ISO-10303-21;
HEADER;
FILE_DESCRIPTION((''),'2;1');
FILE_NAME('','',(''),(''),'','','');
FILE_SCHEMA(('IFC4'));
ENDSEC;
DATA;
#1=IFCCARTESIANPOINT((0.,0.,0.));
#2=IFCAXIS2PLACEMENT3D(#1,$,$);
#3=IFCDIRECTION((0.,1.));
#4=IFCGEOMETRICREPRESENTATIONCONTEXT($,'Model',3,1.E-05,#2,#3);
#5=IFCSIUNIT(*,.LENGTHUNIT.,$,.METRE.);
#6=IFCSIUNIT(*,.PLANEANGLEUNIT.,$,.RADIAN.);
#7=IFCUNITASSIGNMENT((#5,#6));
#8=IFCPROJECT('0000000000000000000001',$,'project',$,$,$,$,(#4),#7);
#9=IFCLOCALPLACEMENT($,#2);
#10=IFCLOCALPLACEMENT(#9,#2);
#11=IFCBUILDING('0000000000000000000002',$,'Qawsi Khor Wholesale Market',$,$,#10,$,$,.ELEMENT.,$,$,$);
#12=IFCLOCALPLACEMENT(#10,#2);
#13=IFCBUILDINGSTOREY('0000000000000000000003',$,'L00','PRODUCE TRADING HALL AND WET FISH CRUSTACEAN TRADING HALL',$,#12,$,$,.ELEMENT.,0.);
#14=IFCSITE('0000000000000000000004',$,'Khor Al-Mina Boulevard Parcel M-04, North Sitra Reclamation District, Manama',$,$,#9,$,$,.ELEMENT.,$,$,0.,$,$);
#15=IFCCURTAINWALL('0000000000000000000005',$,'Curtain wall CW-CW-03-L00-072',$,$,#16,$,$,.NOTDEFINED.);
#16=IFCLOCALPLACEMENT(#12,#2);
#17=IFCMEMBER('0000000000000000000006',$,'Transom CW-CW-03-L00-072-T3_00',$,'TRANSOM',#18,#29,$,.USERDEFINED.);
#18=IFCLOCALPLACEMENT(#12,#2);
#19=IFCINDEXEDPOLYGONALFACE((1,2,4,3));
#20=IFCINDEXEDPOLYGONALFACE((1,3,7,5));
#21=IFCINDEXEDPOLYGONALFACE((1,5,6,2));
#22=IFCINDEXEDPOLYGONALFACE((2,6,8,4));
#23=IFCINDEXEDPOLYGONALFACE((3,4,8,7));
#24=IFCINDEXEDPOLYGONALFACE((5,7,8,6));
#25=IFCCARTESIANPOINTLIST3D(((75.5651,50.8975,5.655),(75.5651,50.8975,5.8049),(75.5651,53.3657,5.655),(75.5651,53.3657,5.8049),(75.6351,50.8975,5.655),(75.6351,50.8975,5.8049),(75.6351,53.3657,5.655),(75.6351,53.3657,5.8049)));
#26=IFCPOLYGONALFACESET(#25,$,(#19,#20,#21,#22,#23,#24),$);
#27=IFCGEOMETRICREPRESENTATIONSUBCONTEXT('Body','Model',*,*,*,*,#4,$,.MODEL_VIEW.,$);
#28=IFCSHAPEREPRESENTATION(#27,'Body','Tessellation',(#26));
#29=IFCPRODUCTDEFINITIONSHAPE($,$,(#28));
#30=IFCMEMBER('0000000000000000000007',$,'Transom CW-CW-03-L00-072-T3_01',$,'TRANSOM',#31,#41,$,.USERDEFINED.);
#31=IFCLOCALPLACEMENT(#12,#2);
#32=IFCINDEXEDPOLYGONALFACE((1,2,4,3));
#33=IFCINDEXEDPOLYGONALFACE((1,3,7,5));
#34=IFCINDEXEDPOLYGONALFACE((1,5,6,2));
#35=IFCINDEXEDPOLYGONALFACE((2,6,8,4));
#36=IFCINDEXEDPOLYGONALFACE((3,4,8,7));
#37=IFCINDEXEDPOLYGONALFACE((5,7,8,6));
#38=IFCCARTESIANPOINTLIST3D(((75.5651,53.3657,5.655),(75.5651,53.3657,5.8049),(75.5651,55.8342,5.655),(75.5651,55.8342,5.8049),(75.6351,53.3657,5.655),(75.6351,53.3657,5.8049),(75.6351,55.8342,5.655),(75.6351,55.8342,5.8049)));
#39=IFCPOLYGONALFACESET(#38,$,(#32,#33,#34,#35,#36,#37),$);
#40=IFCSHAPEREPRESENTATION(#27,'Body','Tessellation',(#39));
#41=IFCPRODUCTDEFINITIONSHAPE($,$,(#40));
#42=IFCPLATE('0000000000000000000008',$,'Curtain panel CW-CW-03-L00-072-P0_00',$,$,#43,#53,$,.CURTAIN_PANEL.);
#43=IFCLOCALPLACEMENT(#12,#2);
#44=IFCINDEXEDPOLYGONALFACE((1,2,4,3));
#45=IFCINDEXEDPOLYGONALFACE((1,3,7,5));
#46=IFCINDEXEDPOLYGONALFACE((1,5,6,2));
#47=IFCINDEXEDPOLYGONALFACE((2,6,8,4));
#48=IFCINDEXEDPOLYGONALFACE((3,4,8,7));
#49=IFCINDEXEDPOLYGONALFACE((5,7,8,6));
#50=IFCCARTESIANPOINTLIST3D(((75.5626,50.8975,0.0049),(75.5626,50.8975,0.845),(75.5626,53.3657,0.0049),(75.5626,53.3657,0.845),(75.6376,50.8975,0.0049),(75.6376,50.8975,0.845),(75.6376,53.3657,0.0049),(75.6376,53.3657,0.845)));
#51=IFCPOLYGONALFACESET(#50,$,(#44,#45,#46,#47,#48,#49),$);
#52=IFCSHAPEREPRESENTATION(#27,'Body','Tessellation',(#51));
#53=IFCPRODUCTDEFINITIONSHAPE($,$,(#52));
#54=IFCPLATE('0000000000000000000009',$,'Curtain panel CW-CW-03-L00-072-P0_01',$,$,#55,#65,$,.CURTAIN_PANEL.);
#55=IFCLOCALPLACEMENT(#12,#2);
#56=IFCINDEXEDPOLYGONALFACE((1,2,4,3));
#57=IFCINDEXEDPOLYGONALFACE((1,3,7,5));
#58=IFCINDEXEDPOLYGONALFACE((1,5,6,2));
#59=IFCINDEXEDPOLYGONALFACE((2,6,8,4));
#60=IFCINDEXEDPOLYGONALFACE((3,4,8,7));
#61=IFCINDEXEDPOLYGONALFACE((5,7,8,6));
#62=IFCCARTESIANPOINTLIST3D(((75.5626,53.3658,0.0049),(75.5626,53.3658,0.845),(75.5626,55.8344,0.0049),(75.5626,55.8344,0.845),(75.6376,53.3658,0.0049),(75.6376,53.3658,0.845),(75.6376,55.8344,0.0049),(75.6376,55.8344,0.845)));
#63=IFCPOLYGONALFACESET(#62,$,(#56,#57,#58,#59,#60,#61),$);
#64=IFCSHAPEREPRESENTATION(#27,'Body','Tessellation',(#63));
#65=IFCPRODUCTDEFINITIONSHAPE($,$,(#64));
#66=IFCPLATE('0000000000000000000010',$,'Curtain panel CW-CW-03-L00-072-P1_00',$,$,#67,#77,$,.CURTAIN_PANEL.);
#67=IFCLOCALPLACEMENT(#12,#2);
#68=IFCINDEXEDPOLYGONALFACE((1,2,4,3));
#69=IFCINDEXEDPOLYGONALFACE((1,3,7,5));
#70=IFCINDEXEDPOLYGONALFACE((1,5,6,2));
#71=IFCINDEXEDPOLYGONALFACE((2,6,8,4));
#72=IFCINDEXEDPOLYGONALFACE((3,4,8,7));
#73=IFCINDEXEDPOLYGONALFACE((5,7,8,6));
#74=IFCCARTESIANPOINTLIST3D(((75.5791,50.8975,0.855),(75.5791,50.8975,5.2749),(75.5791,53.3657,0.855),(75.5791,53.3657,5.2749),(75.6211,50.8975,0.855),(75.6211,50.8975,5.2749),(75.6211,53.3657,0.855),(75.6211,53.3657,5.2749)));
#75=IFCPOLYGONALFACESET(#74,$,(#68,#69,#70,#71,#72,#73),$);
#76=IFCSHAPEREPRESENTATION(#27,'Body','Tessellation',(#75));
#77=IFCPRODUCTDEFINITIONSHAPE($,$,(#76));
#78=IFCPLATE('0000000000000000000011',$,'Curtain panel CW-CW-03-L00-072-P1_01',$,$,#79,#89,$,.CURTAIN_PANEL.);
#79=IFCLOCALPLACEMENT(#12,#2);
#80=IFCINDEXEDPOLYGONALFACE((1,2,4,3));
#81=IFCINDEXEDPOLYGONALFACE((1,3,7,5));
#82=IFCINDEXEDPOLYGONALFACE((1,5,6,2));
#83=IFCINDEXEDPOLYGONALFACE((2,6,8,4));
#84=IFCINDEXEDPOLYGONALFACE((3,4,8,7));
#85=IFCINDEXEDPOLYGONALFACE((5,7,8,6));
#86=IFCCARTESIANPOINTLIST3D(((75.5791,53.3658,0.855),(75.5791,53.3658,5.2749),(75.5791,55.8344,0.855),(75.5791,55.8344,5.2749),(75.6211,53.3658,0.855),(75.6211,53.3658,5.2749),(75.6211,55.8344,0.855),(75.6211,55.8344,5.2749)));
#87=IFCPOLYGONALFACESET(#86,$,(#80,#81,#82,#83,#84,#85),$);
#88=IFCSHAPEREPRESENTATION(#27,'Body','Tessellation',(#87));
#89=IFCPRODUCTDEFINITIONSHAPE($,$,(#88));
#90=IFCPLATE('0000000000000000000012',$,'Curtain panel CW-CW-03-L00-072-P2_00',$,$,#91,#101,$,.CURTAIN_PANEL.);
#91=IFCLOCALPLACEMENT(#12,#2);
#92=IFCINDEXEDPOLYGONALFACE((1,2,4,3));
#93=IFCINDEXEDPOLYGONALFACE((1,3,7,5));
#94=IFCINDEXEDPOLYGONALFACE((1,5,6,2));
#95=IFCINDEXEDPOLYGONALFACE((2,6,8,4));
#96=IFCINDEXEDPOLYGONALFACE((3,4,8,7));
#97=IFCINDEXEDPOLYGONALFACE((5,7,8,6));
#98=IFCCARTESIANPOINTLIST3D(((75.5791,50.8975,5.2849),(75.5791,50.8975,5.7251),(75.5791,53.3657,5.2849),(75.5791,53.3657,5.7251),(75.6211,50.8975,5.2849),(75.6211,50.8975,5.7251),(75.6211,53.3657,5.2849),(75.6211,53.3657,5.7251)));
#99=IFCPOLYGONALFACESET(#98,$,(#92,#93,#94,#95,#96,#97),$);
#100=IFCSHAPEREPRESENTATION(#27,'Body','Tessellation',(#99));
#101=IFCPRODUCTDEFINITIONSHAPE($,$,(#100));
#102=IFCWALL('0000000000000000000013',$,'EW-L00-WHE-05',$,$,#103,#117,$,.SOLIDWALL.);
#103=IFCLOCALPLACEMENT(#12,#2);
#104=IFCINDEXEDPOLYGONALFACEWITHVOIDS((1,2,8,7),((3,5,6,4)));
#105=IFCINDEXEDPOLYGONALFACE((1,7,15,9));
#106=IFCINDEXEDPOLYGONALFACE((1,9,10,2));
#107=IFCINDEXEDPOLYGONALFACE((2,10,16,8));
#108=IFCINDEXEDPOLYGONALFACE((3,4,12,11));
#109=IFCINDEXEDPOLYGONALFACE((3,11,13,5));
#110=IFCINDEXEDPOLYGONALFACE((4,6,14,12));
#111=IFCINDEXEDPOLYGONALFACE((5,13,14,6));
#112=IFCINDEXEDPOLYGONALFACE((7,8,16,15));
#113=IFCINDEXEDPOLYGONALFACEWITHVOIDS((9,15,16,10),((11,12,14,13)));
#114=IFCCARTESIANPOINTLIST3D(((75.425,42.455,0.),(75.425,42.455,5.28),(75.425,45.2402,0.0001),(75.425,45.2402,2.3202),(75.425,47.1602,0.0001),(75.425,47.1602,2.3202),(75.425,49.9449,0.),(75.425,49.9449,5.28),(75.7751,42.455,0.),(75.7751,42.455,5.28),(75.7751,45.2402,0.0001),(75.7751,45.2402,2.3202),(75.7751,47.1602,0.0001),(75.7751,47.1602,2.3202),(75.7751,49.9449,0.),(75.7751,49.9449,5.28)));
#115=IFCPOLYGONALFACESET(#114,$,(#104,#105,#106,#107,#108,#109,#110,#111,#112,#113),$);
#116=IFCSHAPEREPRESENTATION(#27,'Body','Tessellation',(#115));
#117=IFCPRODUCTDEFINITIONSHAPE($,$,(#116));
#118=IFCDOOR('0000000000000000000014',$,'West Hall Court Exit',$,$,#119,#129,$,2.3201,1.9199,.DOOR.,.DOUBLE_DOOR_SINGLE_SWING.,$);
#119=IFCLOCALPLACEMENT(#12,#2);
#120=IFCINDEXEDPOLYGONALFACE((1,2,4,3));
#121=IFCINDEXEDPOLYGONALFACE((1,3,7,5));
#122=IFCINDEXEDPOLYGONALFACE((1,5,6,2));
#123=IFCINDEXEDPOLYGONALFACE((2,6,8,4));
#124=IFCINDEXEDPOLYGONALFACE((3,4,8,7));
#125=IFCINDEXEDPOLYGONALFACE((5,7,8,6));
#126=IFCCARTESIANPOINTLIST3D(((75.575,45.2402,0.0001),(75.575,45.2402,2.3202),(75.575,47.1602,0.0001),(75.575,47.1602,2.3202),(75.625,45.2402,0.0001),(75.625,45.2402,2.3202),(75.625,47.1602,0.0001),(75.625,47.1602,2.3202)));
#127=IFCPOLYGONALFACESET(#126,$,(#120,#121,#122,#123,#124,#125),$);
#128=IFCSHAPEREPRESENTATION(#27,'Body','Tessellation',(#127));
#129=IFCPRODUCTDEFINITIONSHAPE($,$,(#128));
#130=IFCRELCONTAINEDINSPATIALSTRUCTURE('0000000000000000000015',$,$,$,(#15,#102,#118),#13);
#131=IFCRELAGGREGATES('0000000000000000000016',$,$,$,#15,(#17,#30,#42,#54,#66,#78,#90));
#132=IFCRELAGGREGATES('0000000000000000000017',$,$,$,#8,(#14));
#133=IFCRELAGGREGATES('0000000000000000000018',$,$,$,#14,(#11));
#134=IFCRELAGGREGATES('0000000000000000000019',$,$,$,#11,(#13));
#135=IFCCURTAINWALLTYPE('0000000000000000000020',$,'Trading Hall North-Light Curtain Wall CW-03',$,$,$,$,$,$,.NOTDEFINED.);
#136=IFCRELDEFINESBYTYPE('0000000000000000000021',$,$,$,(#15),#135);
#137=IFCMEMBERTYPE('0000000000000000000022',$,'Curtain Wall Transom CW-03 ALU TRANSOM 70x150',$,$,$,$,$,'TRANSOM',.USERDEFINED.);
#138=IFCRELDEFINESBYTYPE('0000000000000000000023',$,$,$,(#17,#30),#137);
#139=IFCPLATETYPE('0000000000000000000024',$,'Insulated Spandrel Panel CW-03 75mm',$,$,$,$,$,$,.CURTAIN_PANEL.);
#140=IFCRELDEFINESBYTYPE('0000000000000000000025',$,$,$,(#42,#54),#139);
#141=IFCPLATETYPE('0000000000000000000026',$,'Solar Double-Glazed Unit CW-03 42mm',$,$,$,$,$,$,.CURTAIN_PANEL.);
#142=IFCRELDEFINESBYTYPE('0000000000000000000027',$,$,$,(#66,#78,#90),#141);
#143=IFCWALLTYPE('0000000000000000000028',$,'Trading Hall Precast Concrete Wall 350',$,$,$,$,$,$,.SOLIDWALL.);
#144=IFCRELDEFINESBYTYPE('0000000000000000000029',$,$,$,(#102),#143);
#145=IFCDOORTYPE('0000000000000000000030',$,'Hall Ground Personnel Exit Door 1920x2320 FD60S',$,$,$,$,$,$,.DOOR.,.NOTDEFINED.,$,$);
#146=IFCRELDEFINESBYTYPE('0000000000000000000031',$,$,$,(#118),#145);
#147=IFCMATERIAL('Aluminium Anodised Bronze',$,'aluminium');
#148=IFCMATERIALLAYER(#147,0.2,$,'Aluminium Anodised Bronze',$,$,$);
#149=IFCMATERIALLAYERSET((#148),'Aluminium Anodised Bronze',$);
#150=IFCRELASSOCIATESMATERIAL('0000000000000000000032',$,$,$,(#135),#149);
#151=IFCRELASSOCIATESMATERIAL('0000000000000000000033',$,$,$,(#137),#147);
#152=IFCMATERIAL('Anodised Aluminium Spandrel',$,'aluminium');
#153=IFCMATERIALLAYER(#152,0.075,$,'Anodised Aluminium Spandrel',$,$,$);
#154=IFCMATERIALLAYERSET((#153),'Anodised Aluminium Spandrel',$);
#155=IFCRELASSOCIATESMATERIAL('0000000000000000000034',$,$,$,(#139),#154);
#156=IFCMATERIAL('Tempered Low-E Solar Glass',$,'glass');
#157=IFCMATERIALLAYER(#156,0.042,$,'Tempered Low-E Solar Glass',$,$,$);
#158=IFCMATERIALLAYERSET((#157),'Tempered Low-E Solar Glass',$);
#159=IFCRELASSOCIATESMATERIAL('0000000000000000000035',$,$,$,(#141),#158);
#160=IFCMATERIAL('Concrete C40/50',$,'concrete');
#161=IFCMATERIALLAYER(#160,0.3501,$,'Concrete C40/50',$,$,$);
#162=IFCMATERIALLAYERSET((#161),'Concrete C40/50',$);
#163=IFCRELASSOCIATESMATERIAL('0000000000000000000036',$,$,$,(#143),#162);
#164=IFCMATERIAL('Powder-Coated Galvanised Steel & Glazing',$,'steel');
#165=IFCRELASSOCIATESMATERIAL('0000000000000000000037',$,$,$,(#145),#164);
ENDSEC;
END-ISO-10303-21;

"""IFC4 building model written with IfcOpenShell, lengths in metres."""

from ifc_helpers import new_model, si_unit, direction, frame, frame_2d, origin, origin_2d, place, context, subcontext, project, spatial, rectangle, extrude, material, layer, layer_set, material_profile, profile_set, type_object, element, fill, aggregate, save


model = new_model("IFC4")

# Units and contexts
model_context = context("Model", 3, precision=1e-05, world=origin(), true_north=direction((0.0, 1.0)))
body_context = subcontext(model_context, "Body", "Model", "MODEL_VIEW")
ifc_project = project(units=[si_unit("LENGTHUNIT", "METRE"), si_unit("PLANEANGLEUNIT", "RADIAN")], contexts=[model_context])

# Site, building, storey
site_placement = place(None, origin())
site = spatial("IfcSite", under=ifc_project, at=site_placement, Name="Khor Al-Mina Boulevard Parcel M-04, North Sitra Reclamation District, Manama", CompositionType="ELEMENT", RefElevation=0.0)
building_placement = place(site_placement, origin())
building = spatial("IfcBuilding", under=site, at=building_placement, Name="Qawsi Khor Wholesale Market", CompositionType="ELEMENT")
storey_placement = place(building_placement, origin())
storey = spatial("IfcBuildingStorey", under=building, at=storey_placement, Name="L00", Description="PRODUCE TRADING HALL AND WET FISH CRUSTACEAN TRADING HALL", CompositionType="ELEMENT", Elevation=0.0)

# Shared definitions
ifc_material_1 = material(Name="Concrete C40/50", Category="concrete")

# Curtain wall, members, plates
ifc_material_2 = material(Name="Aluminium Anodised Bronze", Category="aluminium")
ifc_layer_1 = layer(ifc_material_2, 0.2, Name="Aluminium Anodised Bronze")
ifc_layer_set_1 = layer_set([ifc_layer_1], Name="Aluminium Anodised Bronze")
curtain_wall_type = type_object("IfcCurtainWallType", Name="Trading Hall North-Light Curtain Wall CW-03", PredefinedType="NOTDEFINED", material=ifc_layer_set_1)
curtain_wall_placement = place(storey_placement, origin())
curtain_wall = element("IfcCurtainWall", 1, at=curtain_wall_placement, inside=storey, type_object=curtain_wall_type, Name="Curtain wall CW-CW-03-L00-072", PredefinedType="NOTDEFINED")
ifc_material_profile_1 = material_profile(ifc_material_2, rectangle(XDim=0.0701, YDim=0.1499, at=origin_2d()), Name="ALU TRANSOM 70x150")
ifc_profile_set_1 = profile_set([ifc_material_profile_1], Name="Aluminium Anodised Bronze")
member_type_1 = type_object("IfcMemberType", Name="Curtain Wall Transom CW-03 ALU TRANSOM 70x150", ElementType="TRANSOM", PredefinedType="USERDEFINED", material=ifc_profile_set_1)
member_1_placement = place(storey_placement, frame((75.6001, 50.8975, 5.73), z_axis=(0.0, 1.0, 0.0), x_axis=(-1.0, 0.0, 0.0)))
member_1 = element("IfcMember", 2, at=member_1_placement, type_object=member_type_1, Name="Transom CW-CW-03-L00-072-T3_00", ObjectType="TRANSOM", PredefinedType="USERDEFINED", context=body_context, shape_type="SweptSolid", body=[
    extrude(rectangle(XDim=0.0701, YDim=0.1499, at=origin_2d()), origin(), (0.0, 0.0, 1.0), 2.4683),
])
member_2_placement = place(storey_placement, frame((75.6001, 53.3657, 5.73), z_axis=(0.0, 1.0, 0.0), x_axis=(-1.0, 0.0, 0.0)))
member_2 = element("IfcMember", 3, at=member_2_placement, type_object=member_type_1, Name="Transom CW-CW-03-L00-072-T3_01", ObjectType="TRANSOM", PredefinedType="USERDEFINED", context=body_context, shape_type="SweptSolid", body=[
    extrude(rectangle(XDim=0.0701, YDim=0.1499, at=origin_2d()), origin(), (0.0, 0.0, 1.0), 2.4685),
])
ifc_material_3 = material(Name="Anodised Aluminium Spandrel", Category="aluminium")
ifc_layer_2 = layer(ifc_material_3, 0.075, Name="Anodised Aluminium Spandrel")
ifc_layer_set_2 = layer_set([ifc_layer_2], Name="Anodised Aluminium Spandrel")
plate_type_1 = type_object("IfcPlateType", Name="Insulated Spandrel Panel CW-03 75mm", PredefinedType="CURTAIN_PANEL", material=ifc_layer_set_2)
plate_1_placement = place(storey_placement, frame((75.6001, 50.8975, 0.0049), z_axis=(0.0, 0.0, 1.0), x_axis=(0.0, 1.0, 0.0)))
plate_1 = element("IfcPlate", 4, at=plate_1_placement, type_object=plate_type_1, Name="Curtain panel CW-CW-03-L00-072-P0_00", PredefinedType="CURTAIN_PANEL", context=body_context, shape_type="SweptSolid", body=[
    extrude(rectangle(XDim=2.4683, YDim=0.075, at=frame_2d((1.2341, 0.0))), origin(), (0.0, 0.0, 1.0), 0.8401),
])
plate_2_placement = place(storey_placement, frame((75.6001, 53.3657, 0.0049), z_axis=(0.0, 0.0, 1.0), x_axis=(0.0, 1.0, 0.0)))
plate_2 = element("IfcPlate", 5, at=plate_2_placement, type_object=plate_type_1, Name="Curtain panel CW-CW-03-L00-072-P0_01", PredefinedType="CURTAIN_PANEL", context=body_context, shape_type="SweptSolid", body=[
    extrude(rectangle(XDim=2.4685, YDim=0.075, at=frame_2d((1.2344, 0.0))), origin(), (0.0, 0.0, 1.0), 0.8401),
])
ifc_material_4 = material(Name="Tempered Low-E Solar Glass", Category="glass")
ifc_layer_3 = layer(ifc_material_4, 0.042, Name="Tempered Low-E Solar Glass")
ifc_layer_set_3 = layer_set([ifc_layer_3], Name="Tempered Low-E Solar Glass")
plate_type_2 = type_object("IfcPlateType", Name="Solar Double-Glazed Unit CW-03 42mm", PredefinedType="CURTAIN_PANEL", material=ifc_layer_set_3)
plate_3_placement = place(storey_placement, frame((75.6001, 50.8975, 0.855), z_axis=(0.0, 0.0, 1.0), x_axis=(0.0, 1.0, 0.0)))
plate_3 = element("IfcPlate", 6, at=plate_3_placement, type_object=plate_type_2, Name="Curtain panel CW-CW-03-L00-072-P1_00", PredefinedType="CURTAIN_PANEL", context=body_context, shape_type="SweptSolid", body=[
    extrude(rectangle(XDim=2.4683, YDim=0.042, at=frame_2d((1.2341, 0.0))), origin(), (0.0, 0.0, 1.0), 4.4199),
])
plate_4_placement = place(storey_placement, frame((75.6001, 53.3657, 0.855), z_axis=(0.0, 0.0, 1.0), x_axis=(0.0, 1.0, 0.0)))
plate_4 = element("IfcPlate", 7, at=plate_4_placement, type_object=plate_type_2, Name="Curtain panel CW-CW-03-L00-072-P1_01", PredefinedType="CURTAIN_PANEL", context=body_context, shape_type="SweptSolid", body=[
    extrude(rectangle(XDim=2.4685, YDim=0.042, at=frame_2d((1.2344, 0.0))), origin(), (0.0, 0.0, 1.0), 4.4199),
])
plate_5_placement = place(storey_placement, frame((75.6001, 50.8975, 5.2849), z_axis=(0.0, 0.0, 1.0), x_axis=(0.0, 1.0, 0.0)))
plate_5 = element("IfcPlate", 8, at=plate_5_placement, type_object=plate_type_2, Name="Curtain panel CW-CW-03-L00-072-P2_00", PredefinedType="CURTAIN_PANEL", context=body_context, shape_type="SweptSolid", body=[
    extrude(rectangle(XDim=2.4683, YDim=0.042, at=frame_2d((1.2341, 0.0))), origin(), (0.0, 0.0, 1.0), 0.4402),
])
aggregate(curtain_wall, [member_1, member_2, plate_1, plate_2, plate_3, plate_4, plate_5])

# Wall, opening, door
ifc_layer_4 = layer(ifc_material_1, 0.3501, Name="Concrete C40/50")
ifc_layer_set_4 = layer_set([ifc_layer_4], Name="Concrete C40/50")
wall_type = type_object("IfcWallType", Name="Trading Hall Precast Concrete Wall 350", PredefinedType="SOLIDWALL", material=ifc_layer_set_4)
wall_placement = place(storey_placement, frame((75.6001, 49.9451, 0.0), z_axis=(0.0, 0.0, 1.0), x_axis=(0.0, -1.0, 0.0)))
wall = element("IfcWall", 9, at=wall_placement, inside=storey, type_object=wall_type, Name="EW-L00-WHE-05", PredefinedType="SOLIDWALL", context=body_context, shape_type="SweptSolid", body=[
    extrude(rectangle(XDim=7.49, YDim=0.3501, at=frame_2d((3.7451, 0.0))), origin(), (0.0, 0.0, 1.0), 5.28),
])
opening_placement = place(wall_placement, frame((2.7849, 0.0, 0.0)))
opening = element("IfcOpeningElement", 10, at=opening_placement, cuts=wall, PredefinedType="OPENING", context=body_context, shape_type="SweptSolid", body=[
    extrude(rectangle(XDim=1.9199, YDim=2.3201, at=frame_2d((0.96, 1.1602))), frame((0.0, 0.1851, 0.0), z_axis=(0.0, -1.0, 0.0), x_axis=(1.0, 0.0, 0.0)), (0.0, 0.0, 1.0), 0.3701),
])
ifc_material_5 = material(Name="Powder-Coated Galvanised Steel & Glazing", Category="steel")
door_type = type_object("IfcDoorType", Name="Hall Ground Personnel Exit Door 1920x2320 FD60S", OperationType="NOTDEFINED", PredefinedType="DOOR", material=ifc_material_5)
door_placement = place(opening_placement, origin())
door = element("IfcDoor", 11, at=door_placement, inside=storey, type_object=door_type, Name="West Hall Court Exit", OperationType="DOUBLE_DOOR_SINGLE_SWING", OverallHeight=2.3201, OverallWidth=1.9199, PredefinedType="DOOR", context=body_context, shape_type="SweptSolid", body=[
    extrude(rectangle(XDim=1.9199, YDim=2.3201, at=frame_2d((0.96, 1.1602))), frame((0.0, 0.0249, 0.0), z_axis=(0.0, -1.0, 0.0), x_axis=(1.0, 0.0, 0.0)), (0.0, 0.0, 1.0), 0.05),
])
fill(opening, door)

save(model, "model.ifc")
